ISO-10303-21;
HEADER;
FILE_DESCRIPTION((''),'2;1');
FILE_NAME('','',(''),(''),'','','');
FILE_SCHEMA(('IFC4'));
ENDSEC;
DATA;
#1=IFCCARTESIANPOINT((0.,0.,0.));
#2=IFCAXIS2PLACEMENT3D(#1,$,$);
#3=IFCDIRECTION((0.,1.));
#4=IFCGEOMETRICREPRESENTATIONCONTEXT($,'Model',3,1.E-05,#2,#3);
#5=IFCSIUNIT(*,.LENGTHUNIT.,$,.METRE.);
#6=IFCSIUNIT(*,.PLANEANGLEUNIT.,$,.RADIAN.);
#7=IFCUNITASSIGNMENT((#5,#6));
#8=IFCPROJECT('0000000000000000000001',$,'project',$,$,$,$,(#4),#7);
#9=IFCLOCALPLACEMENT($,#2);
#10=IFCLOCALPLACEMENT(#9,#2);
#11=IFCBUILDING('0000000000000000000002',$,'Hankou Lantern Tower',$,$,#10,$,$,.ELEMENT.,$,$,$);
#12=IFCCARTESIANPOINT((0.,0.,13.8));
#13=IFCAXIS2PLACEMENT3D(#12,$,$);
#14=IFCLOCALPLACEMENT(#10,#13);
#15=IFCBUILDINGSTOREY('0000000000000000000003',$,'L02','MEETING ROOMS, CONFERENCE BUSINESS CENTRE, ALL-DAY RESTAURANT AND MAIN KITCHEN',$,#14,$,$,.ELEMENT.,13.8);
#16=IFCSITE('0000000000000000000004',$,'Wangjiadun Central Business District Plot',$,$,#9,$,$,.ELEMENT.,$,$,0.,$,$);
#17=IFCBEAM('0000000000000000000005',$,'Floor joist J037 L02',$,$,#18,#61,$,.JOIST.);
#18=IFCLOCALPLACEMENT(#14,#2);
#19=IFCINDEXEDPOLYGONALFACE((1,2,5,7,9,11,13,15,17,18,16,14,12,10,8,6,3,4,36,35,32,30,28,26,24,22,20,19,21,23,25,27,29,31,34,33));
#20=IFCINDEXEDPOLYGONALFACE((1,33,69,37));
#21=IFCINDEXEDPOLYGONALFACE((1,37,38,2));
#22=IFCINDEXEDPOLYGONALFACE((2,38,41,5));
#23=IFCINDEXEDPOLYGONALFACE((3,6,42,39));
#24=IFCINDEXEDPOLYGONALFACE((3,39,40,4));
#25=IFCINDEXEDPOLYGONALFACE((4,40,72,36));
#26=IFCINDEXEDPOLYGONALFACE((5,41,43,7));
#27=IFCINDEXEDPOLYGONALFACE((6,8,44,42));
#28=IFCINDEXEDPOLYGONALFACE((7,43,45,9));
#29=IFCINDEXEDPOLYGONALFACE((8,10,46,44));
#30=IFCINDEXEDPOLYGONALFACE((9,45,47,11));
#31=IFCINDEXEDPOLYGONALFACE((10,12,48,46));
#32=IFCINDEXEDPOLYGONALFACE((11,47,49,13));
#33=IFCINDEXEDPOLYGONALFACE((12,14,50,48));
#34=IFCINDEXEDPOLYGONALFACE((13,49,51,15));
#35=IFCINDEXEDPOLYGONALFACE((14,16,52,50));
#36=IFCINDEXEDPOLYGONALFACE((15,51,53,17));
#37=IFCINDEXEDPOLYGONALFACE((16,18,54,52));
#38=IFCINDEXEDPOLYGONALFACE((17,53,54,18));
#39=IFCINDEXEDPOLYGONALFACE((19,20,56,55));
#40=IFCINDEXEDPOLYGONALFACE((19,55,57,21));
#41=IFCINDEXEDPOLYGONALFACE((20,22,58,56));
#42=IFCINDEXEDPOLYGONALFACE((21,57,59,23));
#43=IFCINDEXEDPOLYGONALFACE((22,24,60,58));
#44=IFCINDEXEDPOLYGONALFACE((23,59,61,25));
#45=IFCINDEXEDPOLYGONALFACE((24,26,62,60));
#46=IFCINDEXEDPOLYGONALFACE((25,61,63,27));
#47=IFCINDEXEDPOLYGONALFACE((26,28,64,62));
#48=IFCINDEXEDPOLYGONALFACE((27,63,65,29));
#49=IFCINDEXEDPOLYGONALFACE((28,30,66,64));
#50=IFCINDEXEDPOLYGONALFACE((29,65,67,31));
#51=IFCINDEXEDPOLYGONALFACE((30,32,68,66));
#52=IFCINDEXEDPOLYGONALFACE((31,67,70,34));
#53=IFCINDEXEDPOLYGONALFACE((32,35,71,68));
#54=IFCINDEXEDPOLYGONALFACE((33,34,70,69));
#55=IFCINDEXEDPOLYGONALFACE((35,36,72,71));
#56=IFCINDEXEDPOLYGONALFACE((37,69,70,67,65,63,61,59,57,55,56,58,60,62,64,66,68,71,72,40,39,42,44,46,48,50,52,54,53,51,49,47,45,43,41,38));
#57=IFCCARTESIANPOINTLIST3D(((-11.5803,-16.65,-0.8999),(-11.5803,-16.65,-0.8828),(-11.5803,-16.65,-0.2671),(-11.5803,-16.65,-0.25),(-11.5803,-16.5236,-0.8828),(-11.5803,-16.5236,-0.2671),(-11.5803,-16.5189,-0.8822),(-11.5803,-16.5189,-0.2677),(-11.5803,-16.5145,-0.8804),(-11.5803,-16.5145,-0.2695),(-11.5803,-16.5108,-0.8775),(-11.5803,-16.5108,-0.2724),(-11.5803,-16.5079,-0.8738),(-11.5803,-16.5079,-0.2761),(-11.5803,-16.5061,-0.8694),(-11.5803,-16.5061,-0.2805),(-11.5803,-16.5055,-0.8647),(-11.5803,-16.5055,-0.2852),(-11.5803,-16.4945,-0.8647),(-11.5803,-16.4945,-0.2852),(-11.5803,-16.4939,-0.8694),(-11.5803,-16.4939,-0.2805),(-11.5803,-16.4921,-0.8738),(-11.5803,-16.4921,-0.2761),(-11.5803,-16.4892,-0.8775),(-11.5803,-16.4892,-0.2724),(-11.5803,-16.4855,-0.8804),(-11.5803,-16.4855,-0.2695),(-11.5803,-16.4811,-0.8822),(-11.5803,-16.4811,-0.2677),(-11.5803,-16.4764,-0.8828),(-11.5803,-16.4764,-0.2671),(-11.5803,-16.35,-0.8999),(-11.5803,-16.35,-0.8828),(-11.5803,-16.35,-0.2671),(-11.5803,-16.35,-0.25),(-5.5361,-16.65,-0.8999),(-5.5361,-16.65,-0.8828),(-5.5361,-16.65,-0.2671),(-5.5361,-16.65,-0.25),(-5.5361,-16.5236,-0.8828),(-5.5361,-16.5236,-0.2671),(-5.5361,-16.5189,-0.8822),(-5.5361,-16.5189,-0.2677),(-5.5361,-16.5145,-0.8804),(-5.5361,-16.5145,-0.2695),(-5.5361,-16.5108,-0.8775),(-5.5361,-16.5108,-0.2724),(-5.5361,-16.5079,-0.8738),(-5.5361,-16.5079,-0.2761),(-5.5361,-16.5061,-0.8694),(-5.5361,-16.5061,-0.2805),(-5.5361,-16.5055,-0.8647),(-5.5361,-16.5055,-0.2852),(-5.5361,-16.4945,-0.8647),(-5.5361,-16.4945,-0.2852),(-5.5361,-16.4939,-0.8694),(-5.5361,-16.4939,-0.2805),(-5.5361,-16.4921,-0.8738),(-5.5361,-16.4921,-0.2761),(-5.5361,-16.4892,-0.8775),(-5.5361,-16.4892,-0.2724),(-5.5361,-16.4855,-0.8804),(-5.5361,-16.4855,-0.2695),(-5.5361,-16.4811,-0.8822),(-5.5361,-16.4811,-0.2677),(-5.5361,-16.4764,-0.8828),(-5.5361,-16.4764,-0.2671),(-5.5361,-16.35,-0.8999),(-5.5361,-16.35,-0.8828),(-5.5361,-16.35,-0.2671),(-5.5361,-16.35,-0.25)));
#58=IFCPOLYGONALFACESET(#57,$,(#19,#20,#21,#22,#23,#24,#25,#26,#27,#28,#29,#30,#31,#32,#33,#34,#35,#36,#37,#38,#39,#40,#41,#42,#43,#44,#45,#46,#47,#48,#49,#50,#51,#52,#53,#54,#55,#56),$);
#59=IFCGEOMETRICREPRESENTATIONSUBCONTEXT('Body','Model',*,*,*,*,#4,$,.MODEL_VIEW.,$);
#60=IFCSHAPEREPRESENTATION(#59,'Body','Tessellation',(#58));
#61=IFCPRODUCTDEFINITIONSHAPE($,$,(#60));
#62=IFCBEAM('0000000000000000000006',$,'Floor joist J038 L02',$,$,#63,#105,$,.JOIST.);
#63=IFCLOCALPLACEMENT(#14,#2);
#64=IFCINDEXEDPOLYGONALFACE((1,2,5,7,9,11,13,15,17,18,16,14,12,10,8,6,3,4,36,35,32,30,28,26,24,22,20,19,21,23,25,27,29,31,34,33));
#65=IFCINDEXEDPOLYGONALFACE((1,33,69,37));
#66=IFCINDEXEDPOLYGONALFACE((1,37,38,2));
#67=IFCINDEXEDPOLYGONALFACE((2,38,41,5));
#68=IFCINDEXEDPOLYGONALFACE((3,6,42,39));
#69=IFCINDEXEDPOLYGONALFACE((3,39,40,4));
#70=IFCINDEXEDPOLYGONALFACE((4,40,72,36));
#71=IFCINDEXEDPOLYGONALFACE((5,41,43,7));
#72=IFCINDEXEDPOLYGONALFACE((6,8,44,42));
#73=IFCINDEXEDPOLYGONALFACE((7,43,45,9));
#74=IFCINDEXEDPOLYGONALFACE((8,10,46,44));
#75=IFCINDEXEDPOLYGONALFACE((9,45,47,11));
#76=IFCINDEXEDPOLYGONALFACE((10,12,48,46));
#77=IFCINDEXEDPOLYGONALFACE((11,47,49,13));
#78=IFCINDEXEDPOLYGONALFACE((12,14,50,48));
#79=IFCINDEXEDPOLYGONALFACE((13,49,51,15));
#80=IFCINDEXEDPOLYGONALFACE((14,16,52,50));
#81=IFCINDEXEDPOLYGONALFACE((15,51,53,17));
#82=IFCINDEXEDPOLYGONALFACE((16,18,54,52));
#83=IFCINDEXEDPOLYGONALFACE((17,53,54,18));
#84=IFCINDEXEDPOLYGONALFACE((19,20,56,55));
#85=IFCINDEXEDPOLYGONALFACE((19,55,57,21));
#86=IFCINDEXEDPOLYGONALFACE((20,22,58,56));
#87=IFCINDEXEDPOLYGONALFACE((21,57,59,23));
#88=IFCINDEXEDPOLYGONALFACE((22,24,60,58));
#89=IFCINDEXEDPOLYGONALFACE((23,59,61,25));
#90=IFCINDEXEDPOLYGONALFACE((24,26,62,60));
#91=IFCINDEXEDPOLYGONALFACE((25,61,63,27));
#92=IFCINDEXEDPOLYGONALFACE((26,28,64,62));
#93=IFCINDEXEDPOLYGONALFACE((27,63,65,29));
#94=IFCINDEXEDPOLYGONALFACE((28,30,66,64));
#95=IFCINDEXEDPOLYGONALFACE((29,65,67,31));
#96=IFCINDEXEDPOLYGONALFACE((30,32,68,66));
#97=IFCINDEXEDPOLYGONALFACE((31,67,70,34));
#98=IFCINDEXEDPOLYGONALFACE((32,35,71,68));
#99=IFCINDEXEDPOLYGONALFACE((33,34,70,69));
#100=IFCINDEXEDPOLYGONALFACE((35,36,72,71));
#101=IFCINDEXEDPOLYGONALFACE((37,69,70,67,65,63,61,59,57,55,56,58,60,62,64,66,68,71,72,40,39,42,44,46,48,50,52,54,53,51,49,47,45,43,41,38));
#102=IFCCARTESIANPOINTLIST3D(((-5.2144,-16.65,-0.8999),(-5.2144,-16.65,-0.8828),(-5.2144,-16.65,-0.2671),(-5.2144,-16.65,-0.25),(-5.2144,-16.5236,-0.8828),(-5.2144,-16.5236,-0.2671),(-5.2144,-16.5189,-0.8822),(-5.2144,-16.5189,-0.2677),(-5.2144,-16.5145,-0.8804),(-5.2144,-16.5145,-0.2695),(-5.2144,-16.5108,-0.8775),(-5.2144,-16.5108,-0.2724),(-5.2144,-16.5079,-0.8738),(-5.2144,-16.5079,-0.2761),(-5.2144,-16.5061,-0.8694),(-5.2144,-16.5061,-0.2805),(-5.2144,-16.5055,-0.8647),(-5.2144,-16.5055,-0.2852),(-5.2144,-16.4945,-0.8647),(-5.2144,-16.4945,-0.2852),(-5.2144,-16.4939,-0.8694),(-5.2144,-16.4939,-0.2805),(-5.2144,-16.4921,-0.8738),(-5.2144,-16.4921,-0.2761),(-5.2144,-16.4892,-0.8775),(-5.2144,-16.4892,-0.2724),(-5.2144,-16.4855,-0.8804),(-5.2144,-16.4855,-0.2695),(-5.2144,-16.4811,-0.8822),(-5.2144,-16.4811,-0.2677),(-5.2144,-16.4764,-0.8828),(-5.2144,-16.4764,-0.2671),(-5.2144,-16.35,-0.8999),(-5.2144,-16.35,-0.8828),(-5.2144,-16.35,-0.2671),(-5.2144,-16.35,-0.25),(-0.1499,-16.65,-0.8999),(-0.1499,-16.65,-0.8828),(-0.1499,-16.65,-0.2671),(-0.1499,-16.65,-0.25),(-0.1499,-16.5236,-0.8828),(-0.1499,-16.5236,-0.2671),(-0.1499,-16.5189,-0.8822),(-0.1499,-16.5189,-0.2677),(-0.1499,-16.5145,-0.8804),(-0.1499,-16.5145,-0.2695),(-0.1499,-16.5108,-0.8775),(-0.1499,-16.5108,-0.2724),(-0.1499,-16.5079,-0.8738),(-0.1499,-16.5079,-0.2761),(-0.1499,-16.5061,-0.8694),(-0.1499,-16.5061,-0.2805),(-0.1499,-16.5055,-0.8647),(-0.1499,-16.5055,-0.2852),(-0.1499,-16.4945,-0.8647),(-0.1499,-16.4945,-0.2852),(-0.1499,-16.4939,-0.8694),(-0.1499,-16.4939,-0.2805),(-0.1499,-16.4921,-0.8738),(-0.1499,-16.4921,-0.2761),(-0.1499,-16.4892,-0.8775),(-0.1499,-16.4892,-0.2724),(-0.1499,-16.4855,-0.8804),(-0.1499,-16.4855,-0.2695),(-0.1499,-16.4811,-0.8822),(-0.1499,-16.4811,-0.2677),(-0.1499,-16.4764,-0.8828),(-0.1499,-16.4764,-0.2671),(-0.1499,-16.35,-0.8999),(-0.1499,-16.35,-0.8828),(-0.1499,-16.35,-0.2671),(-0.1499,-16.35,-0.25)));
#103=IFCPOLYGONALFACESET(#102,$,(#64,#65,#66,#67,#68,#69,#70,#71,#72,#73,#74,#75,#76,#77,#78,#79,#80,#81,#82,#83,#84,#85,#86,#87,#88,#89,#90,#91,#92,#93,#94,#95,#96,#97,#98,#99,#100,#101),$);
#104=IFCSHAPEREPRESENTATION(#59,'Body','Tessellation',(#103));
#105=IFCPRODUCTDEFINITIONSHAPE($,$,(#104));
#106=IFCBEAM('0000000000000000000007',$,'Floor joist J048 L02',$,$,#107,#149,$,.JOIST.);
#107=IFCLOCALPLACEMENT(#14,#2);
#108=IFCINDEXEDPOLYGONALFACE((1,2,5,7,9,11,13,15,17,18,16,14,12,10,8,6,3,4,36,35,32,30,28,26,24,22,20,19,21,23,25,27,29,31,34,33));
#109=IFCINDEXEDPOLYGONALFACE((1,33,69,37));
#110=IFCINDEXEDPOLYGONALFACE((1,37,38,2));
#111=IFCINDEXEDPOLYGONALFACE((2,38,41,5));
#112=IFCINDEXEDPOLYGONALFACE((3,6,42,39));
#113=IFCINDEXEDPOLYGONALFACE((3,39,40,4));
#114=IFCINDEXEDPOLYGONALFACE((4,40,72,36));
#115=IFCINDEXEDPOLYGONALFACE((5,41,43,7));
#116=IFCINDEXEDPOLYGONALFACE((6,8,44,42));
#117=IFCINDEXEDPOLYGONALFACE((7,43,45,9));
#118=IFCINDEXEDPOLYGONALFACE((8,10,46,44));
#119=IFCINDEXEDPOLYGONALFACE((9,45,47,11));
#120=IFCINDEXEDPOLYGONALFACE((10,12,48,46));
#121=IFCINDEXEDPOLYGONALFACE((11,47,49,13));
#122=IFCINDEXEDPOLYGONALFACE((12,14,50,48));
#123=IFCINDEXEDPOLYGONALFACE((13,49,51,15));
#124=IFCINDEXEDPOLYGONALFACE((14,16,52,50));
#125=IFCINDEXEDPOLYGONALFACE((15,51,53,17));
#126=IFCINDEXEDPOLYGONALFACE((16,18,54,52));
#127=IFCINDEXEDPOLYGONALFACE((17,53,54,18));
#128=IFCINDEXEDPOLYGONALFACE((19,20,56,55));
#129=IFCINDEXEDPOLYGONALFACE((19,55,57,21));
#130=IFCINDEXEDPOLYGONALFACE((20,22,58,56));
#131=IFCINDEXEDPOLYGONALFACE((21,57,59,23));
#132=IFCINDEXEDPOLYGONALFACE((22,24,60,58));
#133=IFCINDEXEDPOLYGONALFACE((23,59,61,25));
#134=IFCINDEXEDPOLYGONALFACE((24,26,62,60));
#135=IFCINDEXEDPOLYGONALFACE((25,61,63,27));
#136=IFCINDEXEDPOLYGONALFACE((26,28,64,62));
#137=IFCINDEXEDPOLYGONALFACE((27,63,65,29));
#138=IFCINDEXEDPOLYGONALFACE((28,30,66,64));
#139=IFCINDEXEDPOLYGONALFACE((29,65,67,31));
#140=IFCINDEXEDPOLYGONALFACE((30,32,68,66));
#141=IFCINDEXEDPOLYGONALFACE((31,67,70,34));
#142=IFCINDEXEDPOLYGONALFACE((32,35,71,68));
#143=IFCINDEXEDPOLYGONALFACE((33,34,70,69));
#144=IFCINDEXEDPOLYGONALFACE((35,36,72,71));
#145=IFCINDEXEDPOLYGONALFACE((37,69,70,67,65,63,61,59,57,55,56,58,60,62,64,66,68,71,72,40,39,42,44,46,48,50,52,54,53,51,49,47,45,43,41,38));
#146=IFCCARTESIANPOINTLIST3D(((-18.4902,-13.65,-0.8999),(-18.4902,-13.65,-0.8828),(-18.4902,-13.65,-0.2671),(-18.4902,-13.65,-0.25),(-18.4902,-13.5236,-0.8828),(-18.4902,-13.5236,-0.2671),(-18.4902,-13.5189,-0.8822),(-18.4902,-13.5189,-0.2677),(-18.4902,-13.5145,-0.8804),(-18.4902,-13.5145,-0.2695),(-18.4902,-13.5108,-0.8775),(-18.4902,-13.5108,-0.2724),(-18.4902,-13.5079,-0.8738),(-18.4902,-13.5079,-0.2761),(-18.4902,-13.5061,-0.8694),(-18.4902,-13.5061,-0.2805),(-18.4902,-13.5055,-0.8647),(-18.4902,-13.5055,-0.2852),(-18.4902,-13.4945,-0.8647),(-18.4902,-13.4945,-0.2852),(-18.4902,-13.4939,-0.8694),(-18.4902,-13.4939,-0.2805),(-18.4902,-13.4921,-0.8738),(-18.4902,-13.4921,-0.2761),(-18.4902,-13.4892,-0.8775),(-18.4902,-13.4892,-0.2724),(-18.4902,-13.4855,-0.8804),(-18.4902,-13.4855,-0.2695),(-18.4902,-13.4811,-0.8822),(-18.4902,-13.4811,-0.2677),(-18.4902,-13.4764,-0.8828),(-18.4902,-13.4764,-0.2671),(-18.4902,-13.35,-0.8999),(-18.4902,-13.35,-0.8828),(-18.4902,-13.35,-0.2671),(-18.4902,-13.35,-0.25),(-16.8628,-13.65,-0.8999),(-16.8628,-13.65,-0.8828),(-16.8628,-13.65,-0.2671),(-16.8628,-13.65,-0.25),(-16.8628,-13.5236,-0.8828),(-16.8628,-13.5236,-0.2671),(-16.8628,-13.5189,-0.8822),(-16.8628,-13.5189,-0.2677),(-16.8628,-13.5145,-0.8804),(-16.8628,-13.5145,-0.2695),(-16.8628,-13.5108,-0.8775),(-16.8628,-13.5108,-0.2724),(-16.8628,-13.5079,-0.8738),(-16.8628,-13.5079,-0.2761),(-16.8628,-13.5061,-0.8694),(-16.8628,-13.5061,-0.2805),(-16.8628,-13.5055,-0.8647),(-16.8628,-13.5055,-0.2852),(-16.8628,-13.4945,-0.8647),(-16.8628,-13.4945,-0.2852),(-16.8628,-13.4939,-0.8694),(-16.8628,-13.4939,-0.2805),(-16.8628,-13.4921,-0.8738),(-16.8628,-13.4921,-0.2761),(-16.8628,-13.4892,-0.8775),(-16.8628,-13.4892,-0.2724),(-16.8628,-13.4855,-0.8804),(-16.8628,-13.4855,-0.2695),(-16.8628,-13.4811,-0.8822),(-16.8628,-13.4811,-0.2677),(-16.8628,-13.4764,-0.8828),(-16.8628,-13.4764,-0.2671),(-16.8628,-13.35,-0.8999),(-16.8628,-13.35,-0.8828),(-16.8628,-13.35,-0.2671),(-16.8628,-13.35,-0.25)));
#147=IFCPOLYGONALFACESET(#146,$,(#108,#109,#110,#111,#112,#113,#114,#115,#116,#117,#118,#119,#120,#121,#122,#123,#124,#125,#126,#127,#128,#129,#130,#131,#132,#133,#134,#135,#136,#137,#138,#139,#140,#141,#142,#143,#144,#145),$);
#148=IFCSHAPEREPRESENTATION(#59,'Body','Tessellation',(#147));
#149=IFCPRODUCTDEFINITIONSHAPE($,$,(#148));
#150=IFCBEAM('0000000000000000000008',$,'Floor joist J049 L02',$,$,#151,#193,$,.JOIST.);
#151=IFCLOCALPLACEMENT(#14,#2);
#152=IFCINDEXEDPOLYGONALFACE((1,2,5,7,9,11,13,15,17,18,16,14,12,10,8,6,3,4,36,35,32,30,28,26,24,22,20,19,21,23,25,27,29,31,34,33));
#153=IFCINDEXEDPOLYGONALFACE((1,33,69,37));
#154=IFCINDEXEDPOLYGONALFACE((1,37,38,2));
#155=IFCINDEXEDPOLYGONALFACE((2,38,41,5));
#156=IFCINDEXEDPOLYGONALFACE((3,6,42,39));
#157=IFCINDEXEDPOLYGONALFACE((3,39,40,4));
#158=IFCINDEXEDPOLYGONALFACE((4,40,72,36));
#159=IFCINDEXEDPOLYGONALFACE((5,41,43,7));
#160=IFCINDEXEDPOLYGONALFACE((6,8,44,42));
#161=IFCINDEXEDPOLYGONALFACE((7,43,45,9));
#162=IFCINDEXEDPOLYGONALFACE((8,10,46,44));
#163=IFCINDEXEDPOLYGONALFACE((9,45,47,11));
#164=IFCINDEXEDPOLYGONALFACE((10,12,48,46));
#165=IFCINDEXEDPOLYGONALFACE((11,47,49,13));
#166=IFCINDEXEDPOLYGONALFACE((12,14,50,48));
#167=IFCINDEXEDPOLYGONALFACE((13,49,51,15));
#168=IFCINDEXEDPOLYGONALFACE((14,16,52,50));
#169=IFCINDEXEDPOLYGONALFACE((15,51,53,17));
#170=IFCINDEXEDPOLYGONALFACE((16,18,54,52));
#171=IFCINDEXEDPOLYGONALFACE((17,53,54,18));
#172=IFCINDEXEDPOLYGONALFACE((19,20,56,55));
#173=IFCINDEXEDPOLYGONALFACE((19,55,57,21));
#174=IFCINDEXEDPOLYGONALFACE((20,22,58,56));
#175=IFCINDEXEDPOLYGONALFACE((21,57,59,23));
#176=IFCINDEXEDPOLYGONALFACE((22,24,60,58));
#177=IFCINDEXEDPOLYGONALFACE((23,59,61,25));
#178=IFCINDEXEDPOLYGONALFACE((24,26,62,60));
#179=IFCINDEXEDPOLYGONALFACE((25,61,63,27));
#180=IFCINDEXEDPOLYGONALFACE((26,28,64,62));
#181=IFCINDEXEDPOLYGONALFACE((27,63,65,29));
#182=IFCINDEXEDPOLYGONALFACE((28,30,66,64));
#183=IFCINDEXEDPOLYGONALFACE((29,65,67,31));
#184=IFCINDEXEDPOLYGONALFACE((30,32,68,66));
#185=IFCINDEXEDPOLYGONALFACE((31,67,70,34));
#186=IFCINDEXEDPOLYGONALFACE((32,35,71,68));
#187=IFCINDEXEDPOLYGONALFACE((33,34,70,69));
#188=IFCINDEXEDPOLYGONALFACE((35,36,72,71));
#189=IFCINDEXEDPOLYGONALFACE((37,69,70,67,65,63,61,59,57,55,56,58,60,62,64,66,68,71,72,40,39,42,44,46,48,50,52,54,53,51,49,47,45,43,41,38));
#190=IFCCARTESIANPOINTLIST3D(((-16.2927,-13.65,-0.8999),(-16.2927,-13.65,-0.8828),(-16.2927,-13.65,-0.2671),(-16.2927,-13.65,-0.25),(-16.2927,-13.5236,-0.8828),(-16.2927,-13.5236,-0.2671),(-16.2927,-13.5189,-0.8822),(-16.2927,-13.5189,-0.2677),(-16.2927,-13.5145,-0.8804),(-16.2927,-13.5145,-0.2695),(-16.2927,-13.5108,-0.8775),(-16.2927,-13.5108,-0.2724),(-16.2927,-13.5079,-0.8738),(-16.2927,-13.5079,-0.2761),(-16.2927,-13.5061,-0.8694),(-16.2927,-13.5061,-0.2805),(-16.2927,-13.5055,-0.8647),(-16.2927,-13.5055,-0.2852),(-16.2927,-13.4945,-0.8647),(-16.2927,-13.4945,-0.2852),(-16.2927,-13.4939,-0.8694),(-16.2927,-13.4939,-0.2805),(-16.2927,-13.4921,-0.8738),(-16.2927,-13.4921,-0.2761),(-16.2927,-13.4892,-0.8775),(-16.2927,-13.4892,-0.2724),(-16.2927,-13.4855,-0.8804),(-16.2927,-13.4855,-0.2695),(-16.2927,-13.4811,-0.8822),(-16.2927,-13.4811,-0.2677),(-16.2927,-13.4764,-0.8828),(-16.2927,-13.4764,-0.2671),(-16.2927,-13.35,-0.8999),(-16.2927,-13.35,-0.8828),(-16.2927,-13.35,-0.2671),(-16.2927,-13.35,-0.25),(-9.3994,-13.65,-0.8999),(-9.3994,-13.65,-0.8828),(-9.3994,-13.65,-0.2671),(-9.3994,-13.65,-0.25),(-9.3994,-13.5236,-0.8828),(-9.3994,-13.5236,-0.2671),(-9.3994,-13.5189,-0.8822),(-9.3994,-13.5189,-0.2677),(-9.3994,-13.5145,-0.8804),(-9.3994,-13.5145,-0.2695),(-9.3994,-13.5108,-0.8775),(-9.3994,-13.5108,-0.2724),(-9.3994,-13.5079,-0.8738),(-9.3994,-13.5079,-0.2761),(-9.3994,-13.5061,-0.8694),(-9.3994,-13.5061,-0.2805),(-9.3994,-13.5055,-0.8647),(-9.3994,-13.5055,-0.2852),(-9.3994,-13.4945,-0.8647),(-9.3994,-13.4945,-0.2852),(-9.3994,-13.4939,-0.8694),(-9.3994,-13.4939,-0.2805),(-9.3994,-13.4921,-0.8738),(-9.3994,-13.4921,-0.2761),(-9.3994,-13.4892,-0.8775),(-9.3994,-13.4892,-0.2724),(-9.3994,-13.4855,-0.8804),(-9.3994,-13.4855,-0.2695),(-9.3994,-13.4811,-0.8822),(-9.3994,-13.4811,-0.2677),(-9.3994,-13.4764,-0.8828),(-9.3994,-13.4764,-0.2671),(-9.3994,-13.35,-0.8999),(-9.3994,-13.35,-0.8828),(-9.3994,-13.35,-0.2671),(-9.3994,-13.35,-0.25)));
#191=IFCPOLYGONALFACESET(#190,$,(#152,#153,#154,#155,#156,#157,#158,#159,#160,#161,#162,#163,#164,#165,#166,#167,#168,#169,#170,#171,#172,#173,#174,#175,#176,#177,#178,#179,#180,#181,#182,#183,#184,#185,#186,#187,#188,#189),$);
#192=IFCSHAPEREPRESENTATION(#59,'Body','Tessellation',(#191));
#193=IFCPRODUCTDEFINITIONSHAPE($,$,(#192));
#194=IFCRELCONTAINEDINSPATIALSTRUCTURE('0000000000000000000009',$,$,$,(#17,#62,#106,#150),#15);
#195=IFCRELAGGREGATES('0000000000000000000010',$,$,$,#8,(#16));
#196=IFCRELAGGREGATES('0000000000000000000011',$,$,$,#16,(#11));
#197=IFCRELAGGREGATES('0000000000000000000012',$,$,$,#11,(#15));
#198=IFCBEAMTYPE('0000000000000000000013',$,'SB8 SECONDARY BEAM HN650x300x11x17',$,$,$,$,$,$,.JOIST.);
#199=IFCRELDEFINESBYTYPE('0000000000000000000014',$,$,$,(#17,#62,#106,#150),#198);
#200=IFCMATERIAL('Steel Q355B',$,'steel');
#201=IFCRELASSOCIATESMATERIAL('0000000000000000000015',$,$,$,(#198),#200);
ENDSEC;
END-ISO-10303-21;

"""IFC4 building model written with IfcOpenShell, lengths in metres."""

from ifc_helpers import new_model, si_unit, direction, frame, origin, origin_2d, place, context, subcontext, project, spatial, i_section, extrude, material, material_profile, profile_set, type_object, element, save


model = new_model("IFC4")

# Units and contexts
model_context = context("Model", 3, precision=1e-05, world=origin(), true_north=direction((0.0, 1.0)))
body_context = subcontext(model_context, "Body", "Model", "MODEL_VIEW")
ifc_project = project(units=[si_unit("LENGTHUNIT", "METRE"), si_unit("PLANEANGLEUNIT", "RADIAN")], contexts=[model_context])

# Site, building, storey
site_placement = place(None, origin())
site = spatial("IfcSite", under=ifc_project, at=site_placement, Name="Wangjiadun Central Business District Plot", CompositionType="ELEMENT", RefElevation=0.0)
building_placement = place(site_placement, origin())
building = spatial("IfcBuilding", under=site, at=building_placement, Name="Hankou Lantern Tower", CompositionType="ELEMENT")
storey_placement = place(building_placement, frame((0.0, 0.0, 13.8)))
storey = spatial("IfcBuildingStorey", under=building, at=storey_placement, Name="L02", Description="MEETING ROOMS, CONFERENCE BUSINESS CENTRE, ALL-DAY RESTAURANT AND MAIN KITCHEN", CompositionType="ELEMENT", Elevation=13.8)

# Beams
ifc_material_1 = material(Name="Steel Q355B", Category="steel")
ifc_material_profile_1 = material_profile(ifc_material_1, i_section(OverallWidth=0.3, OverallDepth=0.6499, WebThickness=0.011, FlangeThickness=0.0171, FilletRadius=0.0181, at=origin_2d()), Name="HN650x300x11x17")
ifc_profile_set_1 = profile_set([ifc_material_profile_1], Name="Steel Q355B")
beam_type_1 = type_object("IfcBeamType", Name="SB8 SECONDARY BEAM HN650x300x11x17", PredefinedType="JOIST", material=ifc_profile_set_1)
beam_1_placement = place(storey_placement, frame((-11.5803, -16.5, -0.575), z_axis=(1.0, 0.0, 0.0), x_axis=(0.0, 1.0, 0.0)))
element("IfcBeam", 1, at=beam_1_placement, inside=storey, type_object=beam_type_1, Name="Floor joist J037 L02", PredefinedType="JOIST", context=body_context, shape_type="SweptSolid", body=[
    extrude(i_section(OverallWidth=0.3, OverallDepth=0.6499, WebThickness=0.011, FlangeThickness=0.0171, FilletRadius=0.0181, at=origin_2d()), origin(), (0.0, 0.0, 1.0), 6.0442),
])
beam_2_placement = place(storey_placement, frame((-5.2144, -16.5, -0.575), z_axis=(1.0, 0.0, 0.0), x_axis=(0.0, 1.0, 0.0)))
element("IfcBeam", 2, at=beam_2_placement, inside=storey, type_object=beam_type_1, Name="Floor joist J038 L02", PredefinedType="JOIST", context=body_context, shape_type="SweptSolid", body=[
    extrude(i_section(OverallWidth=0.3, OverallDepth=0.6499, WebThickness=0.011, FlangeThickness=0.0171, FilletRadius=0.0181, at=origin_2d()), origin(), (0.0, 0.0, 1.0), 5.0645),
])
beam_3_placement = place(storey_placement, frame((-18.4902, -13.5, -0.575), z_axis=(1.0, 0.0, 0.0), x_axis=(0.0, 1.0, 0.0)))
element("IfcBeam", 3, at=beam_3_placement, inside=storey, type_object=beam_type_1, Name="Floor joist J048 L02", PredefinedType="JOIST", context=body_context, shape_type="SweptSolid", body=[
    extrude(i_section(OverallWidth=0.3, OverallDepth=0.6499, WebThickness=0.011, FlangeThickness=0.0171, FilletRadius=0.0181, at=origin_2d()), origin(), (0.0, 0.0, 1.0), 1.6274),
])
beam_4_placement = place(storey_placement, frame((-16.2927, -13.5, -0.575), z_axis=(1.0, 0.0, 0.0), x_axis=(0.0, 1.0, 0.0)))
element("IfcBeam", 4, at=beam_4_placement, inside=storey, type_object=beam_type_1, Name="Floor joist J049 L02", PredefinedType="JOIST", context=body_context, shape_type="SweptSolid", body=[
    extrude(i_section(OverallWidth=0.3, OverallDepth=0.6499, WebThickness=0.011, FlangeThickness=0.0171, FilletRadius=0.0181, at=origin_2d()), origin(), (0.0, 0.0, 1.0), 6.8933),
])

save(model, "model.ifc")
